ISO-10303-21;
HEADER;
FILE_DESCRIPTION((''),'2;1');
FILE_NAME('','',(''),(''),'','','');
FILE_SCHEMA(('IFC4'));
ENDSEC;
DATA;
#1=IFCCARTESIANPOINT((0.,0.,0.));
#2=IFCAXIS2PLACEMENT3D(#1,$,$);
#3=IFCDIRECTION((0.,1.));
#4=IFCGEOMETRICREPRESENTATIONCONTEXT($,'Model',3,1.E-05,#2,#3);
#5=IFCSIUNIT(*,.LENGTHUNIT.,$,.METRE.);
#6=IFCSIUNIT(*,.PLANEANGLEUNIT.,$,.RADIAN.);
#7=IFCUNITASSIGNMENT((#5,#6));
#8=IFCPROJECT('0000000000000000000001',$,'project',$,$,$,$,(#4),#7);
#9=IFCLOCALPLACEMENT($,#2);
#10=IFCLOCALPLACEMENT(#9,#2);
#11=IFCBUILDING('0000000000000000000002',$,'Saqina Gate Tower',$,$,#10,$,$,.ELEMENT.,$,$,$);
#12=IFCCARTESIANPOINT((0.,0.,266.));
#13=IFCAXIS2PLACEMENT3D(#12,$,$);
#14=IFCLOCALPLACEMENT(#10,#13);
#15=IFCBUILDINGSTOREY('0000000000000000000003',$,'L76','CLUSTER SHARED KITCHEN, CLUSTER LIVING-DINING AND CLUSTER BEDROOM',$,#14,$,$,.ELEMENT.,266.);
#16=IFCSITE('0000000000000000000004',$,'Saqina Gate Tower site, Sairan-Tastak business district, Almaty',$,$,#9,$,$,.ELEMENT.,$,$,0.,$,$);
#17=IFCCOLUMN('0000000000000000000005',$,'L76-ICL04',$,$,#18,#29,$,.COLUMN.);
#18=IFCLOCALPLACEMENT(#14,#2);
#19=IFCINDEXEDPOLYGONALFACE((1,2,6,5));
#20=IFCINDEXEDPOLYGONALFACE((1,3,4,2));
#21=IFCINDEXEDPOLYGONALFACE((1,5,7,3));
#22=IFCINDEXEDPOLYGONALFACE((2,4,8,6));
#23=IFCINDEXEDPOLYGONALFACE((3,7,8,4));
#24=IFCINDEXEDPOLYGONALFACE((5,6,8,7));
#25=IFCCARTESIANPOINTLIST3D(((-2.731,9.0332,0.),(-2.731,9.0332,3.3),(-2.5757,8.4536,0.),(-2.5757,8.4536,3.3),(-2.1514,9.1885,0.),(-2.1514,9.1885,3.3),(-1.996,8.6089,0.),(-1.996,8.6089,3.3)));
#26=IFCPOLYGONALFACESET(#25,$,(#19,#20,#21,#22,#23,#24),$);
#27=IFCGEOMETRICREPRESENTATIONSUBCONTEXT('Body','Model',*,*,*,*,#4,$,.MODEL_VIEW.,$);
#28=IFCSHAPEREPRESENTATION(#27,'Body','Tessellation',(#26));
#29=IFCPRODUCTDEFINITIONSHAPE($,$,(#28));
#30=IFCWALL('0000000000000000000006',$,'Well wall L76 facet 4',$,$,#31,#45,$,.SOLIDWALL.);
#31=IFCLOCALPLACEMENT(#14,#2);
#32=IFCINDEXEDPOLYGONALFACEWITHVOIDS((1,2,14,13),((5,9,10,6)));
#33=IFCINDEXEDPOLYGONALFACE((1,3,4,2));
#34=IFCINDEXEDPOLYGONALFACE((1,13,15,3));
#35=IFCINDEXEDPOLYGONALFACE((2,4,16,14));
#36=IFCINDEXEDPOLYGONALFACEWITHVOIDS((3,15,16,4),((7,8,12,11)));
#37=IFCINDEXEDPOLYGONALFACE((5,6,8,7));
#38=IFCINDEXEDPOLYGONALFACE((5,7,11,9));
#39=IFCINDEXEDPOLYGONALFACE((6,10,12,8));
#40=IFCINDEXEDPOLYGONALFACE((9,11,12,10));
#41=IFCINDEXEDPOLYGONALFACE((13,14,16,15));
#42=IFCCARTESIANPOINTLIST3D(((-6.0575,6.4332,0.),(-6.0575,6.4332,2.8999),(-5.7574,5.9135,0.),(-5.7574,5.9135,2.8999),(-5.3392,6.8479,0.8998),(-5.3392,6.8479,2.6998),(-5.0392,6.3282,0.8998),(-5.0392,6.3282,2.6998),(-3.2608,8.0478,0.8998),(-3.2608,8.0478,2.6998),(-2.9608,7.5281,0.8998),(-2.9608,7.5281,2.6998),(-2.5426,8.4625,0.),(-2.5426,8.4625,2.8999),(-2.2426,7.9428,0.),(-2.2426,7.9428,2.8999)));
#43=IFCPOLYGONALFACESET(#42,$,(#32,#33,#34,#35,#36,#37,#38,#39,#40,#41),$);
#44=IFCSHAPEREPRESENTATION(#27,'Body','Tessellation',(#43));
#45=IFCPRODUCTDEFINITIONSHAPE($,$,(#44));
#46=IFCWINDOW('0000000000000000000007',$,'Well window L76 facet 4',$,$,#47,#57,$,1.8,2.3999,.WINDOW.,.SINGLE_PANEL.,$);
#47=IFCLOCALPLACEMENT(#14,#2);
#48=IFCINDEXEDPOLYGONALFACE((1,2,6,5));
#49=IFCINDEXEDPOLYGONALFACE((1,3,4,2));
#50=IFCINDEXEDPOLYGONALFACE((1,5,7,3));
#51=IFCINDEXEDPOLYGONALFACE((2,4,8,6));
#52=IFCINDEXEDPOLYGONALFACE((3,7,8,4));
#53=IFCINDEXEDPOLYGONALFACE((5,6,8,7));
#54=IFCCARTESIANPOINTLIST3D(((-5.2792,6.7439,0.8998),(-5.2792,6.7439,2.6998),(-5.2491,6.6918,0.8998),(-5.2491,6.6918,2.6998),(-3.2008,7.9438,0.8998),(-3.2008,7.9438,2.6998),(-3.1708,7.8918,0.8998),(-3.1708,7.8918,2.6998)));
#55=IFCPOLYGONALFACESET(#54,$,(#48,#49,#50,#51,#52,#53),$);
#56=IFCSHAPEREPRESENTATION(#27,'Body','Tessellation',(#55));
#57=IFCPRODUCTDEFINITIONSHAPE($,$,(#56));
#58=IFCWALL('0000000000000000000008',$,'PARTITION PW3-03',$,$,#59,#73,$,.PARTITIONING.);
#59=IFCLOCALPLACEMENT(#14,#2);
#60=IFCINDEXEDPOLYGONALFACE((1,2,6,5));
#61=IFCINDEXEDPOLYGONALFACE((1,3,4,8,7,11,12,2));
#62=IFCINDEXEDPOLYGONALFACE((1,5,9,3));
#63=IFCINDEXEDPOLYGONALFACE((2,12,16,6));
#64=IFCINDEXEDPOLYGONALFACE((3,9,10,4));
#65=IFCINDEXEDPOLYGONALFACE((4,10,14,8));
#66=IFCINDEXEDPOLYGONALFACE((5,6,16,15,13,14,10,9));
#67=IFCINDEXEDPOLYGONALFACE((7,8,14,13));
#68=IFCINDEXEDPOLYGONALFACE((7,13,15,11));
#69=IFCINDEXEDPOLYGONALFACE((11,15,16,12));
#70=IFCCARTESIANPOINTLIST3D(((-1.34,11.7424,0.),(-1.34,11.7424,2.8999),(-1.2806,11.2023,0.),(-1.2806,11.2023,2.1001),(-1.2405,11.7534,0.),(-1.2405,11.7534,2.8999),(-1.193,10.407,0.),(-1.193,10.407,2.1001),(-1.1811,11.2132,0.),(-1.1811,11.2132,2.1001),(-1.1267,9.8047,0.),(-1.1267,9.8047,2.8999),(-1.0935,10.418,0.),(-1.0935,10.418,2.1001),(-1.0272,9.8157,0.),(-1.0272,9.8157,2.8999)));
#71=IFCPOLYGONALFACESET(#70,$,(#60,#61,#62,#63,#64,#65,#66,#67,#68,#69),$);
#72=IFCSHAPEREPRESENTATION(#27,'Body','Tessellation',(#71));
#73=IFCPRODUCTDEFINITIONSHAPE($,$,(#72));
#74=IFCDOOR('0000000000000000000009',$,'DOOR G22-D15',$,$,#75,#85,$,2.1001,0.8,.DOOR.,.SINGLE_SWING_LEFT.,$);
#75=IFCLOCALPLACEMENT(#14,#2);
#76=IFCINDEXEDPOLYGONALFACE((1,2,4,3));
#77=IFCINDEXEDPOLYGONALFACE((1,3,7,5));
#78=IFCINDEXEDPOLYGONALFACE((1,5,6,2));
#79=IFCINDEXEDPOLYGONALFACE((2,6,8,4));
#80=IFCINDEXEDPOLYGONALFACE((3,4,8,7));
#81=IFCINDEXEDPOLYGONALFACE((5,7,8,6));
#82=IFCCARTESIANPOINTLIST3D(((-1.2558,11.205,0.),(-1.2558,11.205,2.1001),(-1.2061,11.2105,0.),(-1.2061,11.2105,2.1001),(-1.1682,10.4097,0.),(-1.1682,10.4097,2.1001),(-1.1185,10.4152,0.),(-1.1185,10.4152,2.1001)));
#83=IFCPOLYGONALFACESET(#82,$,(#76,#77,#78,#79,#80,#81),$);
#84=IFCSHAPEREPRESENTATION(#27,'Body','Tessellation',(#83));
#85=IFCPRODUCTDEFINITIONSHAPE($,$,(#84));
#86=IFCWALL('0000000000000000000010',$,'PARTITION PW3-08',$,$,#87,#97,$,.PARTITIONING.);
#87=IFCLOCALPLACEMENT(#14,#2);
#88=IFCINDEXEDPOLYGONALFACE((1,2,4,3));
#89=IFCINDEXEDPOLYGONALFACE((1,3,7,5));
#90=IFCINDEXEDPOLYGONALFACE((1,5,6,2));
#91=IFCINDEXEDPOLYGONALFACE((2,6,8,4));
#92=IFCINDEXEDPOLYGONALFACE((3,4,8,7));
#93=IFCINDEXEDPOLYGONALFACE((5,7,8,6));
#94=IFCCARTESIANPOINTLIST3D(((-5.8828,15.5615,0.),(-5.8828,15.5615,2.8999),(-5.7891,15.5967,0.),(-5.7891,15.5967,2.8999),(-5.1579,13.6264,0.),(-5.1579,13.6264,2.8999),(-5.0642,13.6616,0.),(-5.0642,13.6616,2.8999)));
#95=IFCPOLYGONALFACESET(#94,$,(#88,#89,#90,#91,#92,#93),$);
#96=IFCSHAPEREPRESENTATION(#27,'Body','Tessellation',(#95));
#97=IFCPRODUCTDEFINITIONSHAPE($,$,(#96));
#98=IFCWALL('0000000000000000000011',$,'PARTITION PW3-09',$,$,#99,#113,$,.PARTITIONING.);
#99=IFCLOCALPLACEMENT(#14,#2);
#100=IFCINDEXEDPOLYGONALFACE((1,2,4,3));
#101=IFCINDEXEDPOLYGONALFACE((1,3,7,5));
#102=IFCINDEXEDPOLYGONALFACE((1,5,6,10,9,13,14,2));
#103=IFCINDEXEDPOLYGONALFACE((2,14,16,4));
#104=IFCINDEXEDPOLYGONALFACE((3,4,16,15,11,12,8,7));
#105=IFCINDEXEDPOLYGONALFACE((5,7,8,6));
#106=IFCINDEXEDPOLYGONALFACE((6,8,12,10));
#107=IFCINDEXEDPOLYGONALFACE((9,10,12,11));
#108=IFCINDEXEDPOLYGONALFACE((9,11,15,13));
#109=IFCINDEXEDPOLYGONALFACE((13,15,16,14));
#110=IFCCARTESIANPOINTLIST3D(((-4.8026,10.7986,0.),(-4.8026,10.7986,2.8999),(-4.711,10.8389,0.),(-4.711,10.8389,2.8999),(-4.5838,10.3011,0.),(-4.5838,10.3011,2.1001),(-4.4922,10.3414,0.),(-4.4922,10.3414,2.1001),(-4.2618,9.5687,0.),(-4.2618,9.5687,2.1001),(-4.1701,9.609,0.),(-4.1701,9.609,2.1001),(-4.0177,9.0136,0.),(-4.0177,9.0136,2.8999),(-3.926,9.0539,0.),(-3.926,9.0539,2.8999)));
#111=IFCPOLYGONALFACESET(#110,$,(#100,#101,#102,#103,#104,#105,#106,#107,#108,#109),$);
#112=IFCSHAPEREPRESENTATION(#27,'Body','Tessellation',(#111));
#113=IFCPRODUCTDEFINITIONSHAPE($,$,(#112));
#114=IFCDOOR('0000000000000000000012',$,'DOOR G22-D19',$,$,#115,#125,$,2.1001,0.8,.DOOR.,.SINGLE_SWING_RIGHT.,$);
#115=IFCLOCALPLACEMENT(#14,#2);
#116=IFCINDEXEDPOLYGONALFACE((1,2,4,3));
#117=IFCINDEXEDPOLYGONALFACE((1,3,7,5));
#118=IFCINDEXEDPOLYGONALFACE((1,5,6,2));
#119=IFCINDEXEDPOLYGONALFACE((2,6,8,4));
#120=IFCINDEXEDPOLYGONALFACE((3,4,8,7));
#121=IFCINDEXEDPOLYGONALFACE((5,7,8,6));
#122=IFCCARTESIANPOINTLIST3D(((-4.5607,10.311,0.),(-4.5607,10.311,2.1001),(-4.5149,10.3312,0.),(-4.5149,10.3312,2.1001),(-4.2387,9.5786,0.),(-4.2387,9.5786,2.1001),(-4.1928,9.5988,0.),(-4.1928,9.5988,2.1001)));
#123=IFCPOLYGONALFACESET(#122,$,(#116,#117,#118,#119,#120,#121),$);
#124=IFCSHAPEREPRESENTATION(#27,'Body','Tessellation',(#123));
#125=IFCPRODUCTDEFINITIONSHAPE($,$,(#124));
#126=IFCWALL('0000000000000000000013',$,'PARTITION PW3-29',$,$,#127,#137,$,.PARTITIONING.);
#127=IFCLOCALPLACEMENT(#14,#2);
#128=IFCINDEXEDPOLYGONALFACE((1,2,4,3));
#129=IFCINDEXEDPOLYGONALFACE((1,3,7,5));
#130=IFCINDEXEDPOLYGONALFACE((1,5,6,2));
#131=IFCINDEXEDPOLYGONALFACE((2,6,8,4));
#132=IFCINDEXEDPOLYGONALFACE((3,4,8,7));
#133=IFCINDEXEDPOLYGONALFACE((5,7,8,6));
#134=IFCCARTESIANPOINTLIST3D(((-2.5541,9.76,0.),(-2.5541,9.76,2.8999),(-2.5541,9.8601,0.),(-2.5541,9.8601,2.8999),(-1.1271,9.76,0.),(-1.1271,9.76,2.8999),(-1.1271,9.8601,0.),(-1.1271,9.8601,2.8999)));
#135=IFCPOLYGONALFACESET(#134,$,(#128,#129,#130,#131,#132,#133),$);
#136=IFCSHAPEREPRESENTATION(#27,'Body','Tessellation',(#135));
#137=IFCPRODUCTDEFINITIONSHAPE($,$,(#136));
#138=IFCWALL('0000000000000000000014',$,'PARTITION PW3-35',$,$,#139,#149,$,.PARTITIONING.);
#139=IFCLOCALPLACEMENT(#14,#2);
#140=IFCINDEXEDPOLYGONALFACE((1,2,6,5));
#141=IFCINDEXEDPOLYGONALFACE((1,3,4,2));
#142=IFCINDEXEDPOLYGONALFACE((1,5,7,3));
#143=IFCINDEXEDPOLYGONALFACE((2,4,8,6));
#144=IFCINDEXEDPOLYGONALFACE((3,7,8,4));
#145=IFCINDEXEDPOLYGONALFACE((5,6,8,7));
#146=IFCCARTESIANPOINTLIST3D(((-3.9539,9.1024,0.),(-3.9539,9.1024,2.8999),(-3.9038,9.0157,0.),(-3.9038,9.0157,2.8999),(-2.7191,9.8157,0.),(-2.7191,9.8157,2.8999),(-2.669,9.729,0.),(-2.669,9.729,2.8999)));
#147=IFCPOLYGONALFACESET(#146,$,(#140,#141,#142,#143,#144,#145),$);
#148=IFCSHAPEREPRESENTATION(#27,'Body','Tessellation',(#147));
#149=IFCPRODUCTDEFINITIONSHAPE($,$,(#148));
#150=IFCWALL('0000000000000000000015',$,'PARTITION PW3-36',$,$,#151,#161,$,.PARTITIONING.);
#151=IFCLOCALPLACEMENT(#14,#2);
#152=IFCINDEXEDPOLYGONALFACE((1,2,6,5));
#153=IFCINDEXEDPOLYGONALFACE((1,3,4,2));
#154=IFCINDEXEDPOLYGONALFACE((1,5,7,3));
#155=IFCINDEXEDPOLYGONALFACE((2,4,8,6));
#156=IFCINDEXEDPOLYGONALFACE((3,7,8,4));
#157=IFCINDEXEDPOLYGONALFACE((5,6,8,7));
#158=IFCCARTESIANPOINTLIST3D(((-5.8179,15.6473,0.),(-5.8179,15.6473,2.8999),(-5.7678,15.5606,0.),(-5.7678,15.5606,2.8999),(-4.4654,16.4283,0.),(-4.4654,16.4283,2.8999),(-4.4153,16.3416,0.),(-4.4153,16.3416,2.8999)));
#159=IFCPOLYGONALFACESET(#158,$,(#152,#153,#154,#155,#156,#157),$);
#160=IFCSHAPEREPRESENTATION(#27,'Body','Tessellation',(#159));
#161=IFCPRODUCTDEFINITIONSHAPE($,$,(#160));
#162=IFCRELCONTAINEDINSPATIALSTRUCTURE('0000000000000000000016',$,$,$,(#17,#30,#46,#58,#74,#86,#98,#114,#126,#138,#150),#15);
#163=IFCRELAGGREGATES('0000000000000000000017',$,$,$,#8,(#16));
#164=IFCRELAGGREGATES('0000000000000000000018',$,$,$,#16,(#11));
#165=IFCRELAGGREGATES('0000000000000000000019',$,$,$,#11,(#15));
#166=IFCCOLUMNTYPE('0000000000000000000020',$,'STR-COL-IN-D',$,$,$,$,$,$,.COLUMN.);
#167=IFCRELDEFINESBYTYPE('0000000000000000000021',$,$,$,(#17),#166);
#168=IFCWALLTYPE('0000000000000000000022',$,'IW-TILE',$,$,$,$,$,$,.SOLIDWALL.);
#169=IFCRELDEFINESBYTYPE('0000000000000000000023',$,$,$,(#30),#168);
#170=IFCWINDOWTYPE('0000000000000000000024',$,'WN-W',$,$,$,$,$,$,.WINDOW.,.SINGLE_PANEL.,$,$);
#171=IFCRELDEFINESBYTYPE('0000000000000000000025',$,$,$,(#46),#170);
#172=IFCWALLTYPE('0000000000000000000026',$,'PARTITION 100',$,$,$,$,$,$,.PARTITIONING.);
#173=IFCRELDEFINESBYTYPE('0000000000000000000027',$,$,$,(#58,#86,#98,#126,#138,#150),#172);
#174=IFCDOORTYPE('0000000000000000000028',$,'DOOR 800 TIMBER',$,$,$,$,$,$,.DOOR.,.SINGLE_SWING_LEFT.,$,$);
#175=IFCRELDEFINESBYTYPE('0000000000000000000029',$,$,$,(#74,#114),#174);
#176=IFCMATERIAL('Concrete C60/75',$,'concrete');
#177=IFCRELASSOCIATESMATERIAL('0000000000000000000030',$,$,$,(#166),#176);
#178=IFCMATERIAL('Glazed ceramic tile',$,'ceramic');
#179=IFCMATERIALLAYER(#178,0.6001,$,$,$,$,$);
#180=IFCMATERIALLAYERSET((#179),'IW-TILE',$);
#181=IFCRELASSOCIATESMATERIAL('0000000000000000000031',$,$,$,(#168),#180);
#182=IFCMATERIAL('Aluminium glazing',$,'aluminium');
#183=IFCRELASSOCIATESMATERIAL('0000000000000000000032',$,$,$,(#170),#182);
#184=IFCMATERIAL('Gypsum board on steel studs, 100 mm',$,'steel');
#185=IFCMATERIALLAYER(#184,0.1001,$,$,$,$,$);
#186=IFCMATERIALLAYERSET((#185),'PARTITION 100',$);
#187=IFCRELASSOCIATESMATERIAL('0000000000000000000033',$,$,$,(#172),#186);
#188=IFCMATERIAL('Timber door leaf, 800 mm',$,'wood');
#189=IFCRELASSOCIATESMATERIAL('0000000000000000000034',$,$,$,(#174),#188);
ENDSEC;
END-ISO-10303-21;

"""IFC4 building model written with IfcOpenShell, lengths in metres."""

from ifc_helpers import new_model, si_unit, direction, frame, frame_2d, origin, origin_2d, place, context, subcontext, project, spatial, rectangle, extrude, material, layer, layer_set, material_profile, profile_set, type_object, element, fill, save


model = new_model("IFC4")

# Units and contexts
model_context = context("Model", 3, precision=1e-05, world=origin(), true_north=direction((0.0, 1.0)))
body_context = subcontext(model_context, "Body", "Model", "MODEL_VIEW")
ifc_project = project(units=[si_unit("LENGTHUNIT", "METRE"), si_unit("PLANEANGLEUNIT", "RADIAN")], contexts=[model_context])

# Site, building, storey
site_placement = place(None, origin())
site = spatial("IfcSite", under=ifc_project, at=site_placement, Name="Saqina Gate Tower site, Sairan-Tastak business district, Almaty", CompositionType="ELEMENT", RefElevation=0.0)
building_placement = place(site_placement, origin())
building = spatial("IfcBuilding", under=site, at=building_placement, Name="Saqina Gate Tower", CompositionType="ELEMENT")
storey_placement = place(building_placement, frame((0.0, 0.0, 266.0)))
storey = spatial("IfcBuildingStorey", under=building, at=storey_placement, Name="L76", Description="CLUSTER SHARED KITCHEN, CLUSTER LIVING-DINING AND CLUSTER BEDROOM", CompositionType="ELEMENT", Elevation=266.0)

# Column
ifc_material_1 = material(Name="Concrete C60/75", Category="concrete")
ifc_material_profile = material_profile(ifc_material_1, rectangle(XDim=0.6001, YDim=0.6001, at=origin_2d()), Name="RC 600x600")
ifc_profile_set = profile_set([ifc_material_profile], Name="Concrete C60/75")
column_type = type_object("IfcColumnType", Name="STR-COL-IN-D", PredefinedType="COLUMN", material=ifc_profile_set)
column_placement = place(storey_placement, frame((-2.3635, 8.821, 0.0), z_axis=(0.0, 0.0, 1.0), x_axis=(-0.258819, 0.965926, 0.0)))
element("IfcColumn", 1, at=column_placement, inside=storey, type_object=column_type, Name="L76-ICL04", PredefinedType="COLUMN", context=body_context, shape_type="SweptSolid", body=[
    extrude(rectangle(XDim=0.6001, YDim=0.6001, at=origin_2d()), origin(), (0.0, 0.0, 1.0), 3.3),
])

# Wall, opening, window
ifc_material_2 = material(Name="Glazed ceramic tile", Category="ceramic")
ifc_layer_1 = layer(ifc_material_2, 0.6001)
ifc_layer_set_1 = layer_set([ifc_layer_1], Name="IW-TILE")
wall_type_1 = type_object("IfcWallType", Name="IW-TILE", PredefinedType="SOLIDWALL", material=ifc_layer_set_1)
wall_1_placement = place(storey_placement, frame((-2.3926, 8.2026, 0.0), z_axis=(0.0, 0.0, 1.0), x_axis=(-0.866028, -0.499995, 0.0)))
wall_1 = element("IfcWall", 2, at=wall_1_placement, inside=storey, type_object=wall_type_1, Name="Well wall L76 facet 4", PredefinedType="SOLIDWALL", context=body_context, shape_type="SweptSolid", body=[
    extrude(rectangle(XDim=4.0586, YDim=0.6001, at=frame_2d((2.0293, 0.0))), origin(), (0.0, 0.0, 1.0), 2.8999),
])
opening_1_placement = place(wall_1_placement, frame((0.8293, 0.0, 0.8999)))
opening_1 = element("IfcOpeningElement", 3, at=opening_1_placement, cuts=wall_1, PredefinedType="OPENING", context=body_context, shape_type="SweptSolid", body=[
    extrude(rectangle(XDim=2.3999, YDim=1.8, at=frame_2d((1.2, 0.8999))), frame((0.0, 0.312, 0.0), z_axis=(0.0, -1.0, 0.0), x_axis=(1.0, 0.0, 0.0)), (0.0, 0.0, 1.0), 0.624),
])
ifc_material_3 = material(Name="Aluminium glazing", Category="aluminium")
window_type = type_object("IfcWindowType", Name="WN-W", PartitioningType="SINGLE_PANEL", PredefinedType="WINDOW", material=ifc_material_3)
window_placement = place(opening_1_placement, origin())
window = element("IfcWindow", 4, at=window_placement, inside=storey, type_object=window_type, Name="Well window L76 facet 4", OverallHeight=1.8, OverallWidth=2.3999, PartitioningType="SINGLE_PANEL", PredefinedType="WINDOW", context=body_context, shape_type="SweptSolid", body=[
    extrude(rectangle(XDim=2.3999, YDim=1.8, at=frame_2d((1.2, 0.8999))), frame((0.0, -0.1199, 0.0), z_axis=(0.0, -1.0, 0.0), x_axis=(1.0, 0.0, 0.0)), (0.0, 0.0, 1.0), 0.0601),
])
fill(opening_1, window)

# Wall, opening, door
ifc_material_4 = material(Name="Gypsum board on steel studs, 100 mm", Category="steel")
ifc_layer_2 = layer(ifc_material_4, 0.1001)
ifc_layer_set_2 = layer_set([ifc_layer_2], Name="PARTITION 100")
wall_type_2 = type_object("IfcWallType", Name="PARTITION 100", PredefinedType="PARTITIONING", material=ifc_layer_set_2)
wall_2_placement = place(storey_placement, frame((-1.2903, 11.7478, 0.0), z_axis=(0.0, 0.0, 1.0), x_axis=(0.109456, -0.993992, 0.0)))
wall_2 = element("IfcWall", 5, at=wall_2_placement, inside=storey, type_object=wall_type_2, Name="PARTITION PW3-03", PredefinedType="PARTITIONING", context=body_context, shape_type="SweptSolid", body=[
    extrude(rectangle(XDim=1.9495, YDim=0.1001, at=frame_2d((0.9746, 0.0))), origin(), (0.0, 0.0, 1.0), 2.8999),
])
opening_2_placement = place(wall_2_placement, frame((0.5435, 0.0, 0.0)))
opening_2 = element("IfcOpeningElement", 6, at=opening_2_placement, cuts=wall_2, PredefinedType="OPENING", context=body_context, shape_type="SweptSolid", body=[
    extrude(rectangle(XDim=0.8, YDim=2.1001, at=frame_2d((0.3999, 1.05))), frame((0.0, 0.062, 0.0), z_axis=(0.0, -1.0, 0.0), x_axis=(1.0, 0.0, 0.0)), (0.0, 0.0, 1.0), 0.124),
])
ifc_material_5 = material(Name="Timber door leaf, 800 mm", Category="wood")
door_type_1 = type_object("IfcDoorType", Name="DOOR 800 TIMBER", OperationType="SINGLE_SWING_LEFT", PredefinedType="DOOR", material=ifc_material_5)
door_1_placement = place(opening_2_placement, origin())
door_1 = element("IfcDoor", 7, at=door_1_placement, inside=storey, type_object=door_type_1, Name="DOOR G22-D15", OperationType="SINGLE_SWING_LEFT", OverallHeight=2.1001, OverallWidth=0.8, PredefinedType="DOOR", context=body_context, shape_type="SweptSolid", body=[
    extrude(rectangle(XDim=0.8, YDim=2.1001, at=frame_2d((0.3999, 1.05))), frame((0.0, 0.0249, 0.0), z_axis=(0.0, -1.0, 0.0), x_axis=(1.0, 0.0, 0.0)), (0.0, 0.0, 1.0), 0.05),
])
fill(opening_2, door_1)

# Wall
wall_3_placement = place(storey_placement, frame((-5.8359, 15.5791, 0.0), z_axis=(0.0, 0.0, 1.0), x_axis=(0.350787, -0.936455, 0.0)))
element("IfcWall", 8, at=wall_3_placement, inside=storey, type_object=wall_type_2, Name="PARTITION PW3-08", PredefinedType="PARTITIONING", context=body_context, shape_type="SweptSolid", body=[
    extrude(rectangle(XDim=2.0664, YDim=0.1001, at=frame_2d((1.0332, 0.0))), origin(), (0.0, 0.0, 1.0), 2.8999),
])

# Wall, opening, door
wall_4_placement = place(storey_placement, frame((-4.7568, 10.8188, 0.0), z_axis=(0.0, 0.0, 1.0), x_axis=(0.402546, -0.9154, 0.0)))
wall_4 = element("IfcWall", 9, at=wall_4_placement, inside=storey, type_object=wall_type_2, Name="PARTITION PW3-09", PredefinedType="PARTITIONING", context=body_context, shape_type="SweptSolid", body=[
    extrude(rectangle(XDim=1.95, YDim=0.1001, at=frame_2d((0.9751, 0.0))), origin(), (0.0, 0.0, 1.0), 2.8999),
])
opening_3_placement = place(wall_4_placement, frame((0.5437, 0.0, 0.0)))
opening_3 = element("IfcOpeningElement", 10, at=opening_3_placement, cuts=wall_4, PredefinedType="OPENING", context=body_context, shape_type="SweptSolid", body=[
    extrude(rectangle(XDim=0.8, YDim=2.1001, at=frame_2d((0.3999, 1.05))), frame((0.0, 0.062, 0.0), z_axis=(0.0, -1.0, 0.0), x_axis=(1.0, 0.0, 0.0)), (0.0, 0.0, 1.0), 0.124),
])
door_2_placement = place(opening_3_placement, frame((0.8, 0.0, 0.0), z_axis=(0.0, 0.0, 1.0), x_axis=(-1.0, 0.0, 0.0)))
door_2 = element("IfcDoor", 11, at=door_2_placement, inside=storey, type_object=door_type_1, Name="DOOR G22-D19", OperationType="SINGLE_SWING_RIGHT", OverallHeight=2.1001, OverallWidth=0.8, PredefinedType="DOOR", context=body_context, shape_type="SweptSolid", body=[
    extrude(rectangle(XDim=0.8, YDim=2.1001, at=frame_2d((0.3999, 1.05))), frame((0.0, 0.0249, 0.0), z_axis=(0.0, -1.0, 0.0), x_axis=(1.0, 0.0, 0.0)), (0.0, 0.0, 1.0), 0.05),
])
fill(opening_3, door_2)

# Walls
wall_5_placement = place(storey_placement, frame((-2.554, 9.8101, 0.0), z_axis=(0.0, 0.0, 1.0), x_axis=(1.0, 0.0, 0.0)))
element("IfcWall", 12, at=wall_5_placement, inside=storey, type_object=wall_type_2, Name="PARTITION PW3-29", PredefinedType="PARTITIONING", context=body_context, shape_type="SweptSolid", body=[
    extrude(rectangle(XDim=1.427, YDim=0.1001, at=frame_2d((0.7134, 0.0))), origin(), (0.0, 0.0, 1.0), 2.8999),
])
wall_6_placement = place(storey_placement, frame((-3.9287, 9.0591, 0.0), z_axis=(0.0, 0.0, 1.0), x_axis=(0.865895, 0.500226, 0.0)))
element("IfcWall", 13, at=wall_6_placement, inside=storey, type_object=wall_type_2, Name="PARTITION PW3-35", PredefinedType="PARTITIONING", context=body_context, shape_type="SweptSolid", body=[
    extrude(rectangle(XDim=1.426, YDim=0.1001, at=frame_2d((0.7129, 0.0))), origin(), (0.0, 0.0, 1.0), 2.8999),
])
wall_7_placement = place(storey_placement, frame((-5.7927, 15.604, 0.0), z_axis=(0.0, 0.0, 1.0), x_axis=(0.865993, 0.500056, 0.0)))
element("IfcWall", 14, at=wall_7_placement, inside=storey, type_object=wall_type_2, Name="PARTITION PW3-36", PredefinedType="PARTITIONING", context=body_context, shape_type="SweptSolid", body=[
    extrude(rectangle(XDim=1.5618, YDim=0.1001, at=frame_2d((0.7808, 0.0))), origin(), (0.0, 0.0, 1.0), 2.8999),
])

save(model, "model.ifc")
